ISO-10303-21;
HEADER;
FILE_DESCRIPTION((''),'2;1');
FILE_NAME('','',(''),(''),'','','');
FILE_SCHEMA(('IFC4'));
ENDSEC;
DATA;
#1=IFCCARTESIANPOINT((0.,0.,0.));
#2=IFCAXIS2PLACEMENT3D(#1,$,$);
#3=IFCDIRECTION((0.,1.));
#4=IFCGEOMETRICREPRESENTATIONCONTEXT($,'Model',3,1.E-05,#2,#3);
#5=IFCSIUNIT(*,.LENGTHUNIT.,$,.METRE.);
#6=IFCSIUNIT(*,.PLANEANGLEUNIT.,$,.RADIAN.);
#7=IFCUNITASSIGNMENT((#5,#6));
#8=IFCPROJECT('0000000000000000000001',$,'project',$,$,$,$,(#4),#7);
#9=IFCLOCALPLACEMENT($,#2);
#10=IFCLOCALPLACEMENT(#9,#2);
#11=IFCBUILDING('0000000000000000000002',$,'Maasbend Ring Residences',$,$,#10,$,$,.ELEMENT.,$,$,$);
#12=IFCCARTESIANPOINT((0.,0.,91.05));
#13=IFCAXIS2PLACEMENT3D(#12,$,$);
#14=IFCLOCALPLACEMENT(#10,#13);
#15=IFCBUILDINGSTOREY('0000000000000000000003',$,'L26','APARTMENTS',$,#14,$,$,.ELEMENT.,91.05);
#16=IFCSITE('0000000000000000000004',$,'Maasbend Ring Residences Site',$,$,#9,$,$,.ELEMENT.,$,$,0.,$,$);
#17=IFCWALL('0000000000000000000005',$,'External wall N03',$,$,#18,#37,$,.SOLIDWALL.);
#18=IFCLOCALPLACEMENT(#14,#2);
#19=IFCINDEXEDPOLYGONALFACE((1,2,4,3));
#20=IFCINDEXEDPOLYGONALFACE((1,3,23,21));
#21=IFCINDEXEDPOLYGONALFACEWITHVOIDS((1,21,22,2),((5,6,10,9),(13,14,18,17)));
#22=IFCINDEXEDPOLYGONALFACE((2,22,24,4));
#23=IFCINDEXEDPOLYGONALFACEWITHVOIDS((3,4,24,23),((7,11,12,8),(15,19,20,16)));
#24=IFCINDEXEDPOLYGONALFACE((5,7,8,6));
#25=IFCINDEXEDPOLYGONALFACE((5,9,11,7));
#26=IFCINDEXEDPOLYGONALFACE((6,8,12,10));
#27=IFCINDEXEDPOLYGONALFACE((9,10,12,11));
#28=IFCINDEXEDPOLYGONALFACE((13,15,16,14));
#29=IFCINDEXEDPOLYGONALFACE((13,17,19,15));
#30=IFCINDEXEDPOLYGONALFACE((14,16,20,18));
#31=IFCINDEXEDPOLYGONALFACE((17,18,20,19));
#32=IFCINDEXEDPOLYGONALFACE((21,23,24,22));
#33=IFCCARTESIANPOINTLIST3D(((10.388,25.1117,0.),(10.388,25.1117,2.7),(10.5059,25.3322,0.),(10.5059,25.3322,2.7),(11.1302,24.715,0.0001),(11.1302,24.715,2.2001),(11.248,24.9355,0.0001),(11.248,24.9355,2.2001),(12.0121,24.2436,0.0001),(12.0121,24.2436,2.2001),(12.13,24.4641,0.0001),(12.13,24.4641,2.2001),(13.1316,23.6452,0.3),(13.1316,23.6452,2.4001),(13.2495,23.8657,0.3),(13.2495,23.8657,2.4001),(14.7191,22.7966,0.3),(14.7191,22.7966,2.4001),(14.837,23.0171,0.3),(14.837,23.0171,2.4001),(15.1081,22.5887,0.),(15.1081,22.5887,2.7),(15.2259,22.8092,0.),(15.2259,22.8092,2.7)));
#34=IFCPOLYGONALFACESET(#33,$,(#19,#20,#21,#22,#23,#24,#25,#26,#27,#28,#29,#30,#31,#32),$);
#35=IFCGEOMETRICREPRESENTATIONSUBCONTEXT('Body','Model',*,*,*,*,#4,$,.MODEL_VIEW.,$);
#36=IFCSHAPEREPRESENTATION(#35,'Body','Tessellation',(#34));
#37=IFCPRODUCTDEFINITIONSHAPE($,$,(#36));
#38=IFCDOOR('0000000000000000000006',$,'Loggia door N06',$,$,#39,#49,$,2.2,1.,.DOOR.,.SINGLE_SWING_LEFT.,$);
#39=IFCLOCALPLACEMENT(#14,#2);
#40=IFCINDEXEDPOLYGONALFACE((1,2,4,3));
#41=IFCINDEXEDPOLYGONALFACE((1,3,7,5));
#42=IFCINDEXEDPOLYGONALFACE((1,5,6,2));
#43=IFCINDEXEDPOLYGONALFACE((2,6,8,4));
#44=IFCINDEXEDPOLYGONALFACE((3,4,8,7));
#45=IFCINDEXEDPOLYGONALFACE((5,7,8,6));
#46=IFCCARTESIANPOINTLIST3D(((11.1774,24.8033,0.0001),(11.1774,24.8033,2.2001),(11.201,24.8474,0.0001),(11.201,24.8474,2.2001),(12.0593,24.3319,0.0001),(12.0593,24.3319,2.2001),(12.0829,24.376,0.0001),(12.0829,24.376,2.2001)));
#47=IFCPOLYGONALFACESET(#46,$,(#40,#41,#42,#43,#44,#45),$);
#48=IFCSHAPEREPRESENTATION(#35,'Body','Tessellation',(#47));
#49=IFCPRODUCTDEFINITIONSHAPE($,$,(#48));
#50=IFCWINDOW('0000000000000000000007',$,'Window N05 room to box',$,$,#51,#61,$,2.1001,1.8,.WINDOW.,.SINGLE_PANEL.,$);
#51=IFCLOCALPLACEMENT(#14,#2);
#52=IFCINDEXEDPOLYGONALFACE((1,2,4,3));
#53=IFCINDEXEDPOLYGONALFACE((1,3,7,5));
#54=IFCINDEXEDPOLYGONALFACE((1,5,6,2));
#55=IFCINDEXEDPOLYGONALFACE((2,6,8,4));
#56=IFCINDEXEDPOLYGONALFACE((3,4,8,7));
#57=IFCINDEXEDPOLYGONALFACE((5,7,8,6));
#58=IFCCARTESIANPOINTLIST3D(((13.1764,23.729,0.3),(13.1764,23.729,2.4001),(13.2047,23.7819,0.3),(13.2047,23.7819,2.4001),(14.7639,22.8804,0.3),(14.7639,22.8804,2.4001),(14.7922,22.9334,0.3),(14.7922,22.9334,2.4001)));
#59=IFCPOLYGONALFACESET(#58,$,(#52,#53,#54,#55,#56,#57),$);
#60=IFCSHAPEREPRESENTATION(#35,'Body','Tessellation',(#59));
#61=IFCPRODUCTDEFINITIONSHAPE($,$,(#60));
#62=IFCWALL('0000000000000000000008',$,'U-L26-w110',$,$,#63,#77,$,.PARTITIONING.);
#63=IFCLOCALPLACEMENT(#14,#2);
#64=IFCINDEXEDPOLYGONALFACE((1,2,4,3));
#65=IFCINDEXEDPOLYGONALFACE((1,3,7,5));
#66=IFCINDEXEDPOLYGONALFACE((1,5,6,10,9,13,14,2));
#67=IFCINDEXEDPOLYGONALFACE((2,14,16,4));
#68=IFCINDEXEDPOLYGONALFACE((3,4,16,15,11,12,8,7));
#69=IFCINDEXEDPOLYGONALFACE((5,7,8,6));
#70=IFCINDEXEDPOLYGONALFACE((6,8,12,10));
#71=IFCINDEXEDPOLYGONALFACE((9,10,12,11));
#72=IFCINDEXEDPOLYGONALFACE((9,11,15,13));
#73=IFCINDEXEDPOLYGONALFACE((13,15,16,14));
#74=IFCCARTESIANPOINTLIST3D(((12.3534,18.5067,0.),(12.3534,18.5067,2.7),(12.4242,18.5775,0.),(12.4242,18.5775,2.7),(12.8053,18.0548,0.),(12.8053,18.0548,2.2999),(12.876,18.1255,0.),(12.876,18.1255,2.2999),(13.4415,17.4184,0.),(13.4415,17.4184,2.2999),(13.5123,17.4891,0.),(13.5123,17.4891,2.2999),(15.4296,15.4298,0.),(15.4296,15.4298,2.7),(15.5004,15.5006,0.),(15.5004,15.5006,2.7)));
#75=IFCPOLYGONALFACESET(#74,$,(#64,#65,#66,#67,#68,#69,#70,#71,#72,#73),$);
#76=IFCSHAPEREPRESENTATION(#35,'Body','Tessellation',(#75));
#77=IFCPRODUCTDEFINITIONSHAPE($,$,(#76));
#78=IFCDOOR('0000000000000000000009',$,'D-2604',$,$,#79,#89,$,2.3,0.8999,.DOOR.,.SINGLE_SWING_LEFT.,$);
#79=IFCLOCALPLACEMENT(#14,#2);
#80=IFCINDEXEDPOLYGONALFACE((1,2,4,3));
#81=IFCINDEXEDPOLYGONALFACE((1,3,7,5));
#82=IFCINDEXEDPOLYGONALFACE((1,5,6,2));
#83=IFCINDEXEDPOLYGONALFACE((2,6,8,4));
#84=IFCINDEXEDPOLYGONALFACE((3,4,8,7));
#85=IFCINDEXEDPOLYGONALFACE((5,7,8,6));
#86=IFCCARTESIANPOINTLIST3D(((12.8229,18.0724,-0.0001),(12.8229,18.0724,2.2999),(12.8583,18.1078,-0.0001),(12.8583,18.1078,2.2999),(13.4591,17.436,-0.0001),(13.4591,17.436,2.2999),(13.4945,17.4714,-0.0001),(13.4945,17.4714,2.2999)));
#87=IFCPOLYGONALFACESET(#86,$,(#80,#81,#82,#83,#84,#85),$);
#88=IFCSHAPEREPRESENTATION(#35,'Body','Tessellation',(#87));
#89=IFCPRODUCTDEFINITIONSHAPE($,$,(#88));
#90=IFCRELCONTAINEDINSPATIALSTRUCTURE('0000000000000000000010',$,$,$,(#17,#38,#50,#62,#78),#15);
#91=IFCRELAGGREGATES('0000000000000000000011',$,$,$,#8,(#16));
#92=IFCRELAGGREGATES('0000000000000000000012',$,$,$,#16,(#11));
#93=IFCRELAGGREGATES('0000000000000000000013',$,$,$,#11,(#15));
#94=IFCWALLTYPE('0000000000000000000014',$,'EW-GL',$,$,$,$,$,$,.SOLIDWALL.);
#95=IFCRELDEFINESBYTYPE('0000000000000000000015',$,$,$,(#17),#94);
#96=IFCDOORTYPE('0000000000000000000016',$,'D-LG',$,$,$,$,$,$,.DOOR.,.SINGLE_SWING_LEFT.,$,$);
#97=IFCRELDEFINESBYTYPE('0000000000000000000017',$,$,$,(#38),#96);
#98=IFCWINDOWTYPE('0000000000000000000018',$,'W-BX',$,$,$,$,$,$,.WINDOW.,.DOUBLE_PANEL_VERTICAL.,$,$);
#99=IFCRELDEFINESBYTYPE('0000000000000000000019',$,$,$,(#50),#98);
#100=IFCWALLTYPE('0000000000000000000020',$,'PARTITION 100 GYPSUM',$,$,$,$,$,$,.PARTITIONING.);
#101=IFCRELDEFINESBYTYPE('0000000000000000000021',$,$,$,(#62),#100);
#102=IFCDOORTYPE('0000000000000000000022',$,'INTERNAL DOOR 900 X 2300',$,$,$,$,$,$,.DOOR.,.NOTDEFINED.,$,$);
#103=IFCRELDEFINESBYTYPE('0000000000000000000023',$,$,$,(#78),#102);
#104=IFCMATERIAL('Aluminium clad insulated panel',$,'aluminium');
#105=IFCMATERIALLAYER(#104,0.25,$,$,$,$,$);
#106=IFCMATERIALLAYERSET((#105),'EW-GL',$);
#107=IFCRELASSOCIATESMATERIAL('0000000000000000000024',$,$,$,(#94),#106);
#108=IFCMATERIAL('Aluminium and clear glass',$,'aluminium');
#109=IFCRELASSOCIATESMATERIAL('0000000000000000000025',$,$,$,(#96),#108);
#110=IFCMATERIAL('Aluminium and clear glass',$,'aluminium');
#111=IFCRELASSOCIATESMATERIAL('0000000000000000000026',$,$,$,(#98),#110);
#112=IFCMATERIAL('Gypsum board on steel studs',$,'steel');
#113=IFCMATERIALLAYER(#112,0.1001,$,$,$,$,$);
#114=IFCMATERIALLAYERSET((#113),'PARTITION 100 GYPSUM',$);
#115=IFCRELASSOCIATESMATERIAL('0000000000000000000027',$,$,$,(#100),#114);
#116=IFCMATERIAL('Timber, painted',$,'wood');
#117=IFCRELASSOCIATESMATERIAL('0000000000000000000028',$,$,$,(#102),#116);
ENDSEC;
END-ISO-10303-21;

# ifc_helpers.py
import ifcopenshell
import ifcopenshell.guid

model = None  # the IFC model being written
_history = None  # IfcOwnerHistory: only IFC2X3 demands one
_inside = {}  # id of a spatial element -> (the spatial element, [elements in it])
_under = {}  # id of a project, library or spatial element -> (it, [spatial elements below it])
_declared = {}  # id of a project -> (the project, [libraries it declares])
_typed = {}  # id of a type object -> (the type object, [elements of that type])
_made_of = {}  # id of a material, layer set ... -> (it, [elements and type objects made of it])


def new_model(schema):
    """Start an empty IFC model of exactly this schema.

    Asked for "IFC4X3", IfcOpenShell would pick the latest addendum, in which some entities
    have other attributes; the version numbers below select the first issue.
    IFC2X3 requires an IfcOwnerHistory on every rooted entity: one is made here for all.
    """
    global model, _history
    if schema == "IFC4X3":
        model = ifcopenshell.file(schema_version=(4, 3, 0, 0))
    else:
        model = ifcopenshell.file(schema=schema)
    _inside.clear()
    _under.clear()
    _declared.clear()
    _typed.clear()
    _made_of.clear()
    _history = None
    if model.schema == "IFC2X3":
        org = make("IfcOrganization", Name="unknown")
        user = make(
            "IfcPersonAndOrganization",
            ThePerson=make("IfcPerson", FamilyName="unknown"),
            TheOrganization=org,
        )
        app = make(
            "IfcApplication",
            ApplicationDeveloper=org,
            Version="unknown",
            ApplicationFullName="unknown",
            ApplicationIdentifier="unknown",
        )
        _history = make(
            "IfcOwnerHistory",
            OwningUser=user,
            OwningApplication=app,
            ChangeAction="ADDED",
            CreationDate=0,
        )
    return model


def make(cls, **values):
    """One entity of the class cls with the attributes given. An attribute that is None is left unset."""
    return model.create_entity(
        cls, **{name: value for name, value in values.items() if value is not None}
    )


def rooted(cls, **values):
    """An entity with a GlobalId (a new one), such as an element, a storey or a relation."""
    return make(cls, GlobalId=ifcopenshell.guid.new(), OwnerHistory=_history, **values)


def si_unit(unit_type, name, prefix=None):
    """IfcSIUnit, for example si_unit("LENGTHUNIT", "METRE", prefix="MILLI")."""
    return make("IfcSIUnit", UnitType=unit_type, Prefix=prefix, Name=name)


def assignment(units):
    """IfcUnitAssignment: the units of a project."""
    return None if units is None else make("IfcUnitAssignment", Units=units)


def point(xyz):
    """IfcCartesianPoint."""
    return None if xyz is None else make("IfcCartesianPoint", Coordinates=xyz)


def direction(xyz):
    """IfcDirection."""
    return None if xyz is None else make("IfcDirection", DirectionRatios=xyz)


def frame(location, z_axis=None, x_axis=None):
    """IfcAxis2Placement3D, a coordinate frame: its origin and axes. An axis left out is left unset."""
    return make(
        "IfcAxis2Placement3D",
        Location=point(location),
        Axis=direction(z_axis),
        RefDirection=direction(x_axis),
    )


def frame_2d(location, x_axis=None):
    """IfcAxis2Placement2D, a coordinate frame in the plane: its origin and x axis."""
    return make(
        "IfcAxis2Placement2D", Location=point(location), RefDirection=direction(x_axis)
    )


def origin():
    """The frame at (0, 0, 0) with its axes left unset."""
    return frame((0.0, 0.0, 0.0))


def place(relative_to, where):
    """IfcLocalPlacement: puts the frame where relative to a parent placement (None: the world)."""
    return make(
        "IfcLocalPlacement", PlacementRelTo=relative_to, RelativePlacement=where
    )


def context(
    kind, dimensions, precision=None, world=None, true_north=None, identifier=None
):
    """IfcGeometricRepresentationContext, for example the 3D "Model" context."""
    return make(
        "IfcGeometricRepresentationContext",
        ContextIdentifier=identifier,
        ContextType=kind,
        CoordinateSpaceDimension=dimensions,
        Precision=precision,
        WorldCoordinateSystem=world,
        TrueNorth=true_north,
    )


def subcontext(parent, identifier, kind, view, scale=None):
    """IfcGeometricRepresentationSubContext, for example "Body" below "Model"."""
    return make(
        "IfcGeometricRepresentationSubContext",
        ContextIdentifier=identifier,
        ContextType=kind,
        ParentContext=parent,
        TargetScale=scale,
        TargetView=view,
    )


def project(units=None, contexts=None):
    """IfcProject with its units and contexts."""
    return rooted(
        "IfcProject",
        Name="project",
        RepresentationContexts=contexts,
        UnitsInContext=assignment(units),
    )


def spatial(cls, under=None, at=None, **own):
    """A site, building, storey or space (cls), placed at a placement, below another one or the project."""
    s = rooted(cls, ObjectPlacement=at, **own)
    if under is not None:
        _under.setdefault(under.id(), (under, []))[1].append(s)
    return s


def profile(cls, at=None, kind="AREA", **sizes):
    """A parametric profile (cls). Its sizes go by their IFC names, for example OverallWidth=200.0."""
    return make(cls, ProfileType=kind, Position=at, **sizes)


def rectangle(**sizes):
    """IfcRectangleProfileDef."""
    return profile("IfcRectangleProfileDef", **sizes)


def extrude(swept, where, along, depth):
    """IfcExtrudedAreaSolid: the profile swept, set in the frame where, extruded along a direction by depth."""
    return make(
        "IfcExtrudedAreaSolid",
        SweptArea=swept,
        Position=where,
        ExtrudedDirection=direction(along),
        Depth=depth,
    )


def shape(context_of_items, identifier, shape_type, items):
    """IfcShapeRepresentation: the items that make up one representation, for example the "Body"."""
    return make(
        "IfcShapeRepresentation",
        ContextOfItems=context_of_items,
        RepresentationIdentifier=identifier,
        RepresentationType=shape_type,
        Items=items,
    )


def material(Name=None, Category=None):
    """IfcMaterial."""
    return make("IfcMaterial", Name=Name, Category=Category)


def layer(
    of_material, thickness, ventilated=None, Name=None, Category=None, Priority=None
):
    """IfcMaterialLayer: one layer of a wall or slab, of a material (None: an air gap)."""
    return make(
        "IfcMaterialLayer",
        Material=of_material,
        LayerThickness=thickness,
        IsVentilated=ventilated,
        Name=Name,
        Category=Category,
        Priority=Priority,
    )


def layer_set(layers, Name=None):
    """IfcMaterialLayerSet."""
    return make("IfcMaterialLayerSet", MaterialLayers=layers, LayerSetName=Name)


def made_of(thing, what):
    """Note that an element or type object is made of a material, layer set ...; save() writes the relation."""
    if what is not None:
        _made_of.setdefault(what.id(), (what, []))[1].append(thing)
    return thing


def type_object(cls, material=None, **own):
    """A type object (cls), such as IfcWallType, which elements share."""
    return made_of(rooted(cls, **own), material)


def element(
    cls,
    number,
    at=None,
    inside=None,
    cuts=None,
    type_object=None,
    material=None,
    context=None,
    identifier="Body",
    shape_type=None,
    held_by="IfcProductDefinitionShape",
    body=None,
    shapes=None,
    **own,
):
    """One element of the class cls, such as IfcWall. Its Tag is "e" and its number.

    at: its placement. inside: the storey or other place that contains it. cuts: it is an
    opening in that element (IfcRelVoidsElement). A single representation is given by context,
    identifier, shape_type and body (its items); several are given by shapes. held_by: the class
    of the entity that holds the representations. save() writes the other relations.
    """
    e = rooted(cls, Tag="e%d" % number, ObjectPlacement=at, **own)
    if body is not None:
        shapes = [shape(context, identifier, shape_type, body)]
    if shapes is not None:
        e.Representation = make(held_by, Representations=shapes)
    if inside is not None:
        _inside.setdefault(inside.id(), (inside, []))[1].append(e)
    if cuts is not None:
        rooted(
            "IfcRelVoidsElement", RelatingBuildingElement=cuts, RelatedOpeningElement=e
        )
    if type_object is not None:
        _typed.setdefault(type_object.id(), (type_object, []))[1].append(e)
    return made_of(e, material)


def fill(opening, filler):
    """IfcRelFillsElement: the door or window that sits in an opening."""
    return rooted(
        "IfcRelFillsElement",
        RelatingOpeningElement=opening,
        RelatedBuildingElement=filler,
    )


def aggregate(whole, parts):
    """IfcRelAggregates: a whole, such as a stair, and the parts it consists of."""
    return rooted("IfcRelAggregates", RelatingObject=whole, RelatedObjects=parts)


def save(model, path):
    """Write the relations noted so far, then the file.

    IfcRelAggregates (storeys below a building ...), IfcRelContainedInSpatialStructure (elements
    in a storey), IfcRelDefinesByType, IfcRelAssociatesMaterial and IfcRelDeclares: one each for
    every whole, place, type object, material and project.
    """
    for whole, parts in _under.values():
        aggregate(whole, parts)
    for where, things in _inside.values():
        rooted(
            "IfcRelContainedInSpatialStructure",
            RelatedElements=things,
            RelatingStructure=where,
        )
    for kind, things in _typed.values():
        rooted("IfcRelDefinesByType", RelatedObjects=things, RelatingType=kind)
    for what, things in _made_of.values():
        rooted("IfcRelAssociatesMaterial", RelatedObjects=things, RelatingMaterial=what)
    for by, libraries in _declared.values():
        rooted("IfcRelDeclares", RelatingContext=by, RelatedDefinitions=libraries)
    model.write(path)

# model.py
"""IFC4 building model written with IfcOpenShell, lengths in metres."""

from ifc_helpers import new_model, si_unit, direction, frame, frame_2d, origin, place, context, subcontext, project, spatial, rectangle, extrude, material, layer, layer_set, type_object, element, fill, save


model = new_model("IFC4")

# Units and contexts
model_context = context("Model", 3, precision=1e-05, world=origin(), true_north=direction((0.0, 1.0)))
body_context = subcontext(model_context, "Body", "Model", "MODEL_VIEW")
ifc_project = project(units=[si_unit("LENGTHUNIT", "METRE"), si_unit("PLANEANGLEUNIT", "RADIAN")], contexts=[model_context])

# Site, building, storey
site_placement = place(None, origin())
site = spatial("IfcSite", under=ifc_project, at=site_placement, Name="Maasbend Ring Residences Site", CompositionType="ELEMENT", RefElevation=0.0)
building_placement = place(site_placement, origin())
building = spatial("IfcBuilding", under=site, at=building_placement, Name="Maasbend Ring Residences", CompositionType="ELEMENT")
storey_placement = place(building_placement, frame((0.0, 0.0, 91.05)))
storey = spatial("IfcBuildingStorey", under=building, at=storey_placement, Name="L26", Description="APARTMENTS", CompositionType="ELEMENT", Elevation=91.05)

# Wall, openings, door, window
ifc_material_1 = material(Name="Aluminium clad insulated panel", Category="aluminium")
ifc_layer_1 = layer(ifc_material_1, 0.25)
ifc_layer_set_1 = layer_set([ifc_layer_1], Name="EW-GL")
wall_type_1 = type_object("IfcWallType", Name="EW-GL", PredefinedType="SOLIDWALL", material=ifc_layer_set_1)
ifc_material_2 = material(Name="Aluminium and clear glass", Category="aluminium")
door_type_1 = type_object("IfcDoorType", Name="D-LG", OperationType="SINGLE_SWING_LEFT", PredefinedType="DOOR", material=ifc_material_2)
ifc_material_3 = material(Name="Aluminium and clear glass", Category="aluminium")
window_type_1 = type_object("IfcWindowType", Name="W-BX", PartitioningType="DOUBLE_PANEL_VERTICAL", PredefinedType="WINDOW", material=ifc_material_3)
wall_1_placement = place(storey_placement, frame((15.167, 22.699, 0.0), z_axis=(0.0, 0.0, 1.0), x_axis=(-0.881916, 0.471407, 0.0)))
wall_1 = element("IfcWall", 1, at=wall_1_placement, inside=storey, type_object=wall_type_1, Name="External wall N03", PredefinedType="SOLIDWALL", context=body_context, shape_type="SweptSolid", body=[
    extrude(rectangle(XDim=5.3521, YDim=0.25, at=frame_2d((2.676, 0.0))), origin(), (0.0, 0.0, 1.0), 2.7),
])
opening_1_placement = place(wall_1_placement, frame((0.4412, 0.0, 0.3)))
opening_1 = element("IfcOpeningElement", 2, at=opening_1_placement, cuts=wall_1, PredefinedType="OPENING", context=body_context, shape_type="SweptSolid", body=[
    extrude(rectangle(XDim=1.8, YDim=2.1001, at=frame_2d((0.8999, 1.05))), frame((0.0, 0.135, 0.0), z_axis=(0.0, -1.0, 0.0), x_axis=(1.0, 0.0, 0.0)), (0.0, 0.0, 1.0), 0.27),
])
opening_2_placement = place(wall_1_placement, frame((3.5105, 0.0, 0.0)))
opening_2 = element("IfcOpeningElement", 3, at=opening_2_placement, cuts=wall_1, PredefinedType="OPENING", context=body_context, shape_type="SweptSolid", body=[
    extrude(rectangle(XDim=1.0, YDim=2.2, at=frame_2d((0.5, 1.1001))), frame((0.0, 0.135, 0.0), z_axis=(0.0, -1.0, 0.0), x_axis=(1.0, 0.0, 0.0)), (0.0, 0.0, 1.0), 0.27),
])
door_1_placement = place(opening_2_placement, origin())
door_1 = element("IfcDoor", 4, at=door_1_placement, inside=storey, type_object=door_type_1, Name="Loggia door N06", OperationType="SINGLE_SWING_LEFT", OverallHeight=2.2, OverallWidth=1.0, PredefinedType="DOOR", context=body_context, shape_type="SweptSolid", body=[
    extrude(rectangle(XDim=1.0, YDim=2.2, at=frame_2d((0.5, 1.1001))), frame((0.0, 0.0249, 0.0), z_axis=(0.0, -1.0, 0.0), x_axis=(1.0, 0.0, 0.0)), (0.0, 0.0, 1.0), 0.05),
])
fill(opening_2, door_1)
window_1_placement = place(opening_1_placement, origin())
window_1 = element("IfcWindow", 5, at=window_1_placement, inside=storey, type_object=window_type_1, Name="Window N05 room to box", OverallHeight=2.1001, OverallWidth=1.8, PartitioningType="SINGLE_PANEL", PredefinedType="WINDOW", context=body_context, shape_type="SweptSolid", body=[
    extrude(rectangle(XDim=1.8, YDim=2.1001, at=frame_2d((0.8999, 1.05))), frame((0.0, 0.03, 0.0), z_axis=(0.0, -1.0, 0.0), x_axis=(1.0, 0.0, 0.0)), (0.0, 0.0, 1.0), 0.0601),
])
fill(opening_1, window_1)

# Wall, opening, door
ifc_material_4 = material(Name="Gypsum board on steel studs", Category="steel")
ifc_layer_2 = layer(ifc_material_4, 0.1001)
ifc_layer_set_2 = layer_set([ifc_layer_2], Name="PARTITION 100 GYPSUM")
wall_type_2 = type_object("IfcWallType", Name="PARTITION 100 GYPSUM", PredefinedType="PARTITIONING", material=ifc_layer_set_2)
wall_2_placement = place(storey_placement, frame((12.3889, 18.542, 0.0), z_axis=(0.0, 0.0, 1.0), x_axis=(0.707023, -0.707191, 0.0)))
wall_2 = element("IfcWall", 6, at=wall_2_placement, inside=storey, type_object=wall_type_2, Name="U-L26-w110", PredefinedType="PARTITIONING", context=body_context, shape_type="SweptSolid", body=[
    extrude(rectangle(XDim=4.3508, YDim=0.1001, at=frame_2d((2.1753, 0.0))), origin(), (0.0, 0.0, 1.0), 2.7),
])
opening_3_placement = place(wall_2_placement, frame((0.6389, 0.0, 0.0)))
opening_3 = element("IfcOpeningElement", 7, at=opening_3_placement, cuts=wall_2, PredefinedType="OPENING", context=body_context, shape_type="SweptSolid", body=[
    extrude(rectangle(XDim=0.8999, YDim=2.3, at=frame_2d((0.45, 1.1499))), frame((0.0, 0.0601, 0.0), z_axis=(0.0, -1.0, 0.0), x_axis=(1.0, 0.0, 0.0)), (0.0, 0.0, 1.0), 0.1201),
])
ifc_material_5 = material(Name="Timber, painted", Category="wood")
door_type_2 = type_object("IfcDoorType", Name="INTERNAL DOOR 900 X 2300", OperationType="NOTDEFINED", PredefinedType="DOOR", material=ifc_material_5)
door_2_placement = place(opening_3_placement, origin())
door_2 = element("IfcDoor", 8, at=door_2_placement, inside=storey, type_object=door_type_2, Name="D-2604", OperationType="SINGLE_SWING_LEFT", OverallHeight=2.3, OverallWidth=0.8999, PredefinedType="DOOR", context=body_context, shape_type="SweptSolid", body=[
    extrude(rectangle(XDim=0.8999, YDim=2.3, at=frame_2d((0.45, 1.1499))), frame((0.0, 0.0249, 0.0), z_axis=(0.0, -1.0, 0.0), x_axis=(1.0, 0.0, 0.0)), (0.0, 0.0, 1.0), 0.05),
])
fill(opening_3, door_2)

save(model, "model.ifc")
